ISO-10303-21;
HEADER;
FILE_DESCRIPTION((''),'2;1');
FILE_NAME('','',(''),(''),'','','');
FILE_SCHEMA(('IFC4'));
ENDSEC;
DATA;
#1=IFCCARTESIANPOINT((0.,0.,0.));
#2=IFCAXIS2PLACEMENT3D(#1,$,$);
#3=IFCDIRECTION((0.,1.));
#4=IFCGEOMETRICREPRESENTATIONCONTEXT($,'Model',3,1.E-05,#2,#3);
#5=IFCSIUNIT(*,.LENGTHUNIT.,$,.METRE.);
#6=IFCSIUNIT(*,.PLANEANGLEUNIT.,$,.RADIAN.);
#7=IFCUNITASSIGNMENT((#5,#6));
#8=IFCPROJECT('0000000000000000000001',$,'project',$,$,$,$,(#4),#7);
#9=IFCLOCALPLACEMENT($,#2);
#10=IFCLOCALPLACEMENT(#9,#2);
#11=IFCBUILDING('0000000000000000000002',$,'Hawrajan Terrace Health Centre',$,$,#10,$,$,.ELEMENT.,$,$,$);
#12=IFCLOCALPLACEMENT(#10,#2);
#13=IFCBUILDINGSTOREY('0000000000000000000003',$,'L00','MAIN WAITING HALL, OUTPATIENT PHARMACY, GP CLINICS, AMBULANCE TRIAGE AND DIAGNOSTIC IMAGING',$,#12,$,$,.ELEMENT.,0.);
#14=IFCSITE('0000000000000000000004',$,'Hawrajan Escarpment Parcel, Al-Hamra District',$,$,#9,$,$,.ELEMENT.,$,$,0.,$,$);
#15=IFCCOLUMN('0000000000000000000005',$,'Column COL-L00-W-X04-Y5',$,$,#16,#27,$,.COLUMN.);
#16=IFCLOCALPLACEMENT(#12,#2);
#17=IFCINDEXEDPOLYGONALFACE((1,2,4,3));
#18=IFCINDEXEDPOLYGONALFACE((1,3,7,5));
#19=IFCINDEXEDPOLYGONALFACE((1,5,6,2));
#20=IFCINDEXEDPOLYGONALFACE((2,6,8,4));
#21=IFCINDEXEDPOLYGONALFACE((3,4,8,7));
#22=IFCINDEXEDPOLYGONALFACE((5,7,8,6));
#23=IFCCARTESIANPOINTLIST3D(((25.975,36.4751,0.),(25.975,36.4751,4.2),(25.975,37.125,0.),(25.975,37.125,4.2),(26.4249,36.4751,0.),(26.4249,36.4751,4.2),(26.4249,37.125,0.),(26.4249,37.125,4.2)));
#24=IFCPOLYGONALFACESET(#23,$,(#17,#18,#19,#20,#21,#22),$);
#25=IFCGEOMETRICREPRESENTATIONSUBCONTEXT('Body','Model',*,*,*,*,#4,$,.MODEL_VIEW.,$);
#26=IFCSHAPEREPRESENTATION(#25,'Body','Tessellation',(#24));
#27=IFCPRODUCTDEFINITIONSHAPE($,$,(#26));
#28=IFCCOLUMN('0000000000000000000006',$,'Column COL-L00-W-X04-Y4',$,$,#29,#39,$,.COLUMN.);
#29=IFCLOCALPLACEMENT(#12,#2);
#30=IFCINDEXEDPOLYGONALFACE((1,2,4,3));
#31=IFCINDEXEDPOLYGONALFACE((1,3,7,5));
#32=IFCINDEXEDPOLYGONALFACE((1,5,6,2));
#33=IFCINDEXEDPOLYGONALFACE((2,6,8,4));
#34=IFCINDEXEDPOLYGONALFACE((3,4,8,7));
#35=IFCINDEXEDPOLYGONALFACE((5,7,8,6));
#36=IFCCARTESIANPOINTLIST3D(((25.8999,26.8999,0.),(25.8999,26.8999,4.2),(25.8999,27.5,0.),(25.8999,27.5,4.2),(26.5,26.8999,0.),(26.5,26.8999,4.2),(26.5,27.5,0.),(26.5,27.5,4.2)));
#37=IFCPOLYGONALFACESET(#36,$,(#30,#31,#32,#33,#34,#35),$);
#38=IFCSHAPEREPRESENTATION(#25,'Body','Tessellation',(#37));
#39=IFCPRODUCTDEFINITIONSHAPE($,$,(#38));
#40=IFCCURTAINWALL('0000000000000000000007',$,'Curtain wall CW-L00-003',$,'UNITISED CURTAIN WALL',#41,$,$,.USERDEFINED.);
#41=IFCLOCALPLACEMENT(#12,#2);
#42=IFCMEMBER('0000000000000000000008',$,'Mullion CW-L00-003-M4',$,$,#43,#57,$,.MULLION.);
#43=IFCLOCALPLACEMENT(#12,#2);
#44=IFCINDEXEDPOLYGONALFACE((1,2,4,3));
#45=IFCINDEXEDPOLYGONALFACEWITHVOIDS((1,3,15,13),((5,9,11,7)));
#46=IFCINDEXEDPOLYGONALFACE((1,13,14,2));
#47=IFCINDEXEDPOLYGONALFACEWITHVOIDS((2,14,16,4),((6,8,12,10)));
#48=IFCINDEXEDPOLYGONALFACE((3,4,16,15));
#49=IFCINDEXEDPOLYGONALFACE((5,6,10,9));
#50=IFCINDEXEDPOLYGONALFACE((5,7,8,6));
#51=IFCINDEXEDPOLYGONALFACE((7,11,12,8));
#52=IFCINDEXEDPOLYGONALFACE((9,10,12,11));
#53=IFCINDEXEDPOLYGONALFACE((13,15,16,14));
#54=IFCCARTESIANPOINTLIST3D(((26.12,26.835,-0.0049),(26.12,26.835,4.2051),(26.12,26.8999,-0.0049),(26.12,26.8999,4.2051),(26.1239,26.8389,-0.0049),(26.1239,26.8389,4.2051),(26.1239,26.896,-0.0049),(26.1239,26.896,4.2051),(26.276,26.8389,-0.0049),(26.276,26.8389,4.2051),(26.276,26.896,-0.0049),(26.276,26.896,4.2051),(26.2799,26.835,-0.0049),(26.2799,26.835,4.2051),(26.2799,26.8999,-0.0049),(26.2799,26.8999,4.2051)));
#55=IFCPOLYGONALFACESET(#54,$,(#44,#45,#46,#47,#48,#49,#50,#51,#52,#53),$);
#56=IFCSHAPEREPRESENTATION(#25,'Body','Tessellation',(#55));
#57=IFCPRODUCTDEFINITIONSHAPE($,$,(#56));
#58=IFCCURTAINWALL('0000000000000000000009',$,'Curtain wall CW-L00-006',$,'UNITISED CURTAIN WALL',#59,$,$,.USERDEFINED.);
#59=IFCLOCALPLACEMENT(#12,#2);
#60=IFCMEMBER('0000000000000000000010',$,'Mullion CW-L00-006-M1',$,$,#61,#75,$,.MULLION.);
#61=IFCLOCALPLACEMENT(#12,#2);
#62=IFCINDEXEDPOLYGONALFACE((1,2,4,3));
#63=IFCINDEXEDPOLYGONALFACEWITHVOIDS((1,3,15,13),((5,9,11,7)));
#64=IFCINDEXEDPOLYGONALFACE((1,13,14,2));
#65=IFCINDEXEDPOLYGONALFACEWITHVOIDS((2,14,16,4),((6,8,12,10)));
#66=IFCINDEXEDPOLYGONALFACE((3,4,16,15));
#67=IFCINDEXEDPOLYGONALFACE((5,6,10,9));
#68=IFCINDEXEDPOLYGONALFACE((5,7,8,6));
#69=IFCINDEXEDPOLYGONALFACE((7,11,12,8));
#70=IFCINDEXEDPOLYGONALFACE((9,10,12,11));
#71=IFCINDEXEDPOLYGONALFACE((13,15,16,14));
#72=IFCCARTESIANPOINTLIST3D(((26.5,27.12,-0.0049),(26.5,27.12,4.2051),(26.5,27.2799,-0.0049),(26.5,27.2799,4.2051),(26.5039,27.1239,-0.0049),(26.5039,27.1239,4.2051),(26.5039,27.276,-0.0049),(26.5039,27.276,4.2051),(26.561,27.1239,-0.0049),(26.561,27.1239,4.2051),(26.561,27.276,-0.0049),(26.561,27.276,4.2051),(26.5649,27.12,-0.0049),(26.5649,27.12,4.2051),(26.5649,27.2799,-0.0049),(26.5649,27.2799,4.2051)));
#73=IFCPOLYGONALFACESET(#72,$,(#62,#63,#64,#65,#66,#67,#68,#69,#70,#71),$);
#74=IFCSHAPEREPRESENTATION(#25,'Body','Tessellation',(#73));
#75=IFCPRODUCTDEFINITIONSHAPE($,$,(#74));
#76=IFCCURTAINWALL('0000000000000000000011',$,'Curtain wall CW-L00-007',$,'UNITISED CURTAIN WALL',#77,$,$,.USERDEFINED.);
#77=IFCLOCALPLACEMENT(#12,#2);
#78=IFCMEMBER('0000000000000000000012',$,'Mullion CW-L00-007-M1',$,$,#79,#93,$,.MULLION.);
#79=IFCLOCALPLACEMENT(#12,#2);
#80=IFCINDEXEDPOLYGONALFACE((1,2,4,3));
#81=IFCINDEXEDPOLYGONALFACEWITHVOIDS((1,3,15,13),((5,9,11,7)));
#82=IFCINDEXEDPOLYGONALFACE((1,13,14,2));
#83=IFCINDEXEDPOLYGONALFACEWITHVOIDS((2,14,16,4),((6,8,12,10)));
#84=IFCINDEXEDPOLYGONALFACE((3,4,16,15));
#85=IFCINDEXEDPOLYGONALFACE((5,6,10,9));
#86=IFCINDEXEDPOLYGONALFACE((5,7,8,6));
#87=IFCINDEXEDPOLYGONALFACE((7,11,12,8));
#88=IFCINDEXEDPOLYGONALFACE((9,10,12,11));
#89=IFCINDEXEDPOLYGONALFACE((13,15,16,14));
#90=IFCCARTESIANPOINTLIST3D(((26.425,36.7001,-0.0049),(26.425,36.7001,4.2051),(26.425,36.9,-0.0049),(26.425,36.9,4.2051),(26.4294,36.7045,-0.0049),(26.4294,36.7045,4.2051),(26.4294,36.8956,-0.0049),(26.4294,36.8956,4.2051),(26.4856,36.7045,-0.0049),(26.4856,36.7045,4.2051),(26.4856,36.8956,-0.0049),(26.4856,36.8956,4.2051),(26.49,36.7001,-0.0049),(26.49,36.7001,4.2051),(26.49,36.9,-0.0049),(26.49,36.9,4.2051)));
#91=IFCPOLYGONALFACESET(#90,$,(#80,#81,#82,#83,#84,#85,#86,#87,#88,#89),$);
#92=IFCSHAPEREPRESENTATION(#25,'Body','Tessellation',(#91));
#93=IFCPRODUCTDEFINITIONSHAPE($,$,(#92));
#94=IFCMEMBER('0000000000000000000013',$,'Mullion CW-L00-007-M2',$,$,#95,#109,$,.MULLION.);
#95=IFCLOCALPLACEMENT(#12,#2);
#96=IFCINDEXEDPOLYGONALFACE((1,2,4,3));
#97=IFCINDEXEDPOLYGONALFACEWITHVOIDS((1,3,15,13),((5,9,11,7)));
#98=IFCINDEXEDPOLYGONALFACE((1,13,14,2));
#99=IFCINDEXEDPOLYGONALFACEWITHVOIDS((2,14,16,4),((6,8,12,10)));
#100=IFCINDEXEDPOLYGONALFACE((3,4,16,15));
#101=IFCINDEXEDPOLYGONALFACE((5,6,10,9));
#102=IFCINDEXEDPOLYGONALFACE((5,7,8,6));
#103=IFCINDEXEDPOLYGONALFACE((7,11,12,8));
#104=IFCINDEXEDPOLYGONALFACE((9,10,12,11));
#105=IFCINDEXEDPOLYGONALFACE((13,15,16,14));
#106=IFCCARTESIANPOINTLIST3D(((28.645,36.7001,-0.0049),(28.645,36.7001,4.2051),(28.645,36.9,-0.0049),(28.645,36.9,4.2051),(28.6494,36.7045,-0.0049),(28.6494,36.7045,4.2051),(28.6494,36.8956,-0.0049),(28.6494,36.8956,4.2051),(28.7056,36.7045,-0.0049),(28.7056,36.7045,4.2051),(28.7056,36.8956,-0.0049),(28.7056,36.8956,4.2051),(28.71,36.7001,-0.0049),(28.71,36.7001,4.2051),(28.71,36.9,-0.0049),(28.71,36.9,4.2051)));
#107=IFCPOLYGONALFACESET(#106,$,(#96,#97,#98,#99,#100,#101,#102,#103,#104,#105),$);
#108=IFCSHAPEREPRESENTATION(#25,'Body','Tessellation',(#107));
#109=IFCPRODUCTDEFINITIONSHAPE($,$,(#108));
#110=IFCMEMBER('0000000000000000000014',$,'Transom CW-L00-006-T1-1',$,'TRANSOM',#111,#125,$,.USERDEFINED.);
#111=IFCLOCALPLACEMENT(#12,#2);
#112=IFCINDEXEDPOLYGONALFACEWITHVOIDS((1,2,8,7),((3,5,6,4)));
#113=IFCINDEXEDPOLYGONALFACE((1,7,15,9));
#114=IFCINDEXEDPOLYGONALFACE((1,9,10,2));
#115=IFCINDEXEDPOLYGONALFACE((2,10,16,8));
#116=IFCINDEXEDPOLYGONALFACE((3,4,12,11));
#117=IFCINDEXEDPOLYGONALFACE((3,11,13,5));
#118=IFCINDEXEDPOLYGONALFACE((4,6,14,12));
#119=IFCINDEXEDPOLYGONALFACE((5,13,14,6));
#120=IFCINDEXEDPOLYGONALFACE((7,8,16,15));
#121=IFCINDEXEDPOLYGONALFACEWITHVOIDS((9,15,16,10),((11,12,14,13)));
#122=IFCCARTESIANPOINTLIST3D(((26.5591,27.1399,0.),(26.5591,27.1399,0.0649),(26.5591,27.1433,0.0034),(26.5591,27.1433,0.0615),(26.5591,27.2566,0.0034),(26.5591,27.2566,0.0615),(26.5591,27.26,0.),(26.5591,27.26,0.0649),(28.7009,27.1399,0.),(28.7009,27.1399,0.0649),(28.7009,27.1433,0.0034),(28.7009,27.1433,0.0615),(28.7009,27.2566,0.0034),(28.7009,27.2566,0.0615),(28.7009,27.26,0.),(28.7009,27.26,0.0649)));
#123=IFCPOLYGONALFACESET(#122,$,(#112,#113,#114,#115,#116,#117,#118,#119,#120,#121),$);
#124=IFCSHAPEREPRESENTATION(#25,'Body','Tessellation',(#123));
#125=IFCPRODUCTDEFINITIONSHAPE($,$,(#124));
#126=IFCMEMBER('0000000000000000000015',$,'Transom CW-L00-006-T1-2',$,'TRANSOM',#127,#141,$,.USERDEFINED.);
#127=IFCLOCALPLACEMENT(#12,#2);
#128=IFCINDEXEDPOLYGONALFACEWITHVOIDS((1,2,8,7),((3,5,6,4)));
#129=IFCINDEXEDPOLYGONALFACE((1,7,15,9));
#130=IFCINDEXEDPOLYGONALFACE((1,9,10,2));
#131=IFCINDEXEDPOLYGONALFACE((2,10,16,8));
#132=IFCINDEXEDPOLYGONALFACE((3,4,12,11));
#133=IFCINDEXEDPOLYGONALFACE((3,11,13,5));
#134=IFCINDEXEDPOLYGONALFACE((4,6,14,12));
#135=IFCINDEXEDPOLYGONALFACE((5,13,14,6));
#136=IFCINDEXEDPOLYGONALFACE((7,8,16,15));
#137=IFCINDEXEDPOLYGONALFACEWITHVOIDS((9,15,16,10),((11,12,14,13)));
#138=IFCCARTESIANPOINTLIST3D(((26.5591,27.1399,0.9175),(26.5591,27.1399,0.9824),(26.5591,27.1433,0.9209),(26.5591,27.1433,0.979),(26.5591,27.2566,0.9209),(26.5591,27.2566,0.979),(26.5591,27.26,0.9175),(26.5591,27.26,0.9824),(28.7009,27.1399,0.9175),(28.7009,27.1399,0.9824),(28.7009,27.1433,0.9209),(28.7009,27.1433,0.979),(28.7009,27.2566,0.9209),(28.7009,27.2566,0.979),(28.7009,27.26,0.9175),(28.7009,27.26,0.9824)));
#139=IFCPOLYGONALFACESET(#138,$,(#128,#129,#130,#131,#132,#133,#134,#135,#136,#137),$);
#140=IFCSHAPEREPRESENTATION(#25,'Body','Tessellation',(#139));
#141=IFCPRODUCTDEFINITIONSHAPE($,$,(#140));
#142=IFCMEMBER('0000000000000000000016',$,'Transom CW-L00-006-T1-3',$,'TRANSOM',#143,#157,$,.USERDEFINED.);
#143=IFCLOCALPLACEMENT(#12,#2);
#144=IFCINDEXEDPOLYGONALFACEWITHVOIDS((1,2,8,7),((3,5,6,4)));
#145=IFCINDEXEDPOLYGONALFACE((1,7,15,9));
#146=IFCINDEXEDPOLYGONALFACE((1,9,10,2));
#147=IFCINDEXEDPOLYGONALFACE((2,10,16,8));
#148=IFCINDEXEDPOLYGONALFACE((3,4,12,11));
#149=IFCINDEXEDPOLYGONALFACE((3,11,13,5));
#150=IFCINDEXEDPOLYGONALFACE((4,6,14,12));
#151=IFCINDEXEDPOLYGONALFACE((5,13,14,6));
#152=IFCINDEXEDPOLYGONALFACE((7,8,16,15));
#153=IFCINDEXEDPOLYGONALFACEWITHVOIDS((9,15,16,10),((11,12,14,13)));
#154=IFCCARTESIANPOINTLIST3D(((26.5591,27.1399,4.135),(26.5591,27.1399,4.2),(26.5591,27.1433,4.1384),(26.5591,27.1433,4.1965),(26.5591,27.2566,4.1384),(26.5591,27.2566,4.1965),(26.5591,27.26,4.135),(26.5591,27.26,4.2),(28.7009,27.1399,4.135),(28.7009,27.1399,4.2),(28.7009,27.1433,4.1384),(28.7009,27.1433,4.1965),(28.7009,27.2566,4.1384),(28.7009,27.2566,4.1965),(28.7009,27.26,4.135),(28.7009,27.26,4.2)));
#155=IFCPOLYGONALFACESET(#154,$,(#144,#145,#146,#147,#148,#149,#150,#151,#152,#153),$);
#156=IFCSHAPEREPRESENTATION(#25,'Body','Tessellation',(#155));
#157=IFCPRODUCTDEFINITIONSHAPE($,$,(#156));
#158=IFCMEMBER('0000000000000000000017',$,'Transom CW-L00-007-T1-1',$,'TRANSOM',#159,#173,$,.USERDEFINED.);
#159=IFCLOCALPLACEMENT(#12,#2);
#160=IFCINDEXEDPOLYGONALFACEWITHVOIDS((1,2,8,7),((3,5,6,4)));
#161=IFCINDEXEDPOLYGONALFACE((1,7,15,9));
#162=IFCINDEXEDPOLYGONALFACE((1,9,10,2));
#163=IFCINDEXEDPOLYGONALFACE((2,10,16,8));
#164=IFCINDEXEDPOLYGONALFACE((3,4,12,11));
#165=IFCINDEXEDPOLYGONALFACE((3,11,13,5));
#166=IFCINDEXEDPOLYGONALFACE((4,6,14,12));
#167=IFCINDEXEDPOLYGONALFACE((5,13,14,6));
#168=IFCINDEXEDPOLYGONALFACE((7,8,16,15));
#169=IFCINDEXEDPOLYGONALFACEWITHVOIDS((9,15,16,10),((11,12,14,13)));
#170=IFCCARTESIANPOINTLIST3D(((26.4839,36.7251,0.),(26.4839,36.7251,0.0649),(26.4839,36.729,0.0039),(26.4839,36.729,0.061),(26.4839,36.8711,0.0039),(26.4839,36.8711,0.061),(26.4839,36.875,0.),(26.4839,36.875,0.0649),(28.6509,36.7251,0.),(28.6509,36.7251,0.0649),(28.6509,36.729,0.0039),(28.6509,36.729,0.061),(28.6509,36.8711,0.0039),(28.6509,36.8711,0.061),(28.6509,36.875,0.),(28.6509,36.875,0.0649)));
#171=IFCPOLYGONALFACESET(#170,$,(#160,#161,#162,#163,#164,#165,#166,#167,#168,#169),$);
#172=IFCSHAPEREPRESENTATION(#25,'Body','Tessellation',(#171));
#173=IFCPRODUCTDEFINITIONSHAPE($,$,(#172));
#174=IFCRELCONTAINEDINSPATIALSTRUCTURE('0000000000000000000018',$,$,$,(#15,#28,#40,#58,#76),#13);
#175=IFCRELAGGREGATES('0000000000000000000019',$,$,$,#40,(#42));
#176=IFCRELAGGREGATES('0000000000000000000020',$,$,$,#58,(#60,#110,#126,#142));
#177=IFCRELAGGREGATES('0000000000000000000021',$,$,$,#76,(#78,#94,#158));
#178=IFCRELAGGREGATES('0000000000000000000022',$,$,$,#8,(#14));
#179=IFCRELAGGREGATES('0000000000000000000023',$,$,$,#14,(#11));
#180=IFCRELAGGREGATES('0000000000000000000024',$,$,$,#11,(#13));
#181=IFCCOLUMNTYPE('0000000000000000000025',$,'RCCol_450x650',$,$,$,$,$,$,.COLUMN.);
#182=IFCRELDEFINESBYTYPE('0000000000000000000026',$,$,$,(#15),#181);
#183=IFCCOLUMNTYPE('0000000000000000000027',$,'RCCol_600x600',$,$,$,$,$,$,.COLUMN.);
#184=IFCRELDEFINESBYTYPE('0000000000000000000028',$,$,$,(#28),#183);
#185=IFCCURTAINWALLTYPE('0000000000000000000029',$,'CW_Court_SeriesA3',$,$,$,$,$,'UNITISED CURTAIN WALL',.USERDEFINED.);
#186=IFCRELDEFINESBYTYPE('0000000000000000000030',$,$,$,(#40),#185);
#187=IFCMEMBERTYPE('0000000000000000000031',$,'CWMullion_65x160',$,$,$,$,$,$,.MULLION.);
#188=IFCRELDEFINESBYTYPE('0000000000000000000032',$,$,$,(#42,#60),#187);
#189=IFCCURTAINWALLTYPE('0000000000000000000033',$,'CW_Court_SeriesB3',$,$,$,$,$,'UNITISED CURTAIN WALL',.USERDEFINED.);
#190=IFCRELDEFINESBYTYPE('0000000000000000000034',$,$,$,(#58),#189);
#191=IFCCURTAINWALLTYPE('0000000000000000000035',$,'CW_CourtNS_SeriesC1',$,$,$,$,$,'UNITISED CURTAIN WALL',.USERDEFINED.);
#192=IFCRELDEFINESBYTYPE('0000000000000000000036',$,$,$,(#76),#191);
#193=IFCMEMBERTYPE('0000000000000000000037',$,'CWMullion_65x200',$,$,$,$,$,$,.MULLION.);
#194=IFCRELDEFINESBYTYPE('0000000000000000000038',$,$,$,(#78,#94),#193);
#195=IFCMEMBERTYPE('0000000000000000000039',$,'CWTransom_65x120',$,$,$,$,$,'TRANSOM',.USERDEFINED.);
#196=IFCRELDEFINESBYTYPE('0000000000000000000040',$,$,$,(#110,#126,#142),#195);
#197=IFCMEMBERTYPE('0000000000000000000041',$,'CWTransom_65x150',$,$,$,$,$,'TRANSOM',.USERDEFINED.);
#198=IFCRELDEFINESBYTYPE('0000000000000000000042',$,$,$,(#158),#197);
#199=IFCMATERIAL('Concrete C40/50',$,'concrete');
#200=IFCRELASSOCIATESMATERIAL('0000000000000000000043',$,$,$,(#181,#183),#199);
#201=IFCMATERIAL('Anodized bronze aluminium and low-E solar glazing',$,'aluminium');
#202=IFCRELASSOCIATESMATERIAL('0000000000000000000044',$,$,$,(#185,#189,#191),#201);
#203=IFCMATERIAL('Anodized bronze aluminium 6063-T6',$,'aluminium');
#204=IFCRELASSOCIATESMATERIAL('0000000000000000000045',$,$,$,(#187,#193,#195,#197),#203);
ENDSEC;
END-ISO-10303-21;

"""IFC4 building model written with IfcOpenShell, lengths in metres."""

from ifc_helpers import new_model, si_unit, direction, frame, origin, origin_2d, place, context, subcontext, project, spatial, rectangle, hollow_rectangle, extrude, material, material_profile, profile_set, type_object, element, aggregate, save


model = new_model("IFC4")

# Units and contexts
model_context = context("Model", 3, precision=1e-05, world=origin(), true_north=direction((0.0, 1.0)))
body_context = subcontext(model_context, "Body", "Model", "MODEL_VIEW")
ifc_project = project(units=[si_unit("LENGTHUNIT", "METRE"), si_unit("PLANEANGLEUNIT", "RADIAN")], contexts=[model_context])

# Site, building, storey
site_placement = place(None, origin())
site = spatial("IfcSite", under=ifc_project, at=site_placement, Name="Hawrajan Escarpment Parcel, Al-Hamra District", CompositionType="ELEMENT", RefElevation=0.0)
building_placement = place(site_placement, origin())
building = spatial("IfcBuilding", under=site, at=building_placement, Name="Hawrajan Terrace Health Centre", CompositionType="ELEMENT")
storey_placement = place(building_placement, origin())
storey = spatial("IfcBuildingStorey", under=building, at=storey_placement, Name="L00", Description="MAIN WAITING HALL, OUTPATIENT PHARMACY, GP CLINICS, AMBULANCE TRIAGE AND DIAGNOSTIC IMAGING", CompositionType="ELEMENT", Elevation=0.0)

# Columns
ifc_material_1 = material(Name="Concrete C40/50", Category="concrete")
ifc_material_profile_1 = material_profile(ifc_material_1, rectangle(XDim=0.45, YDim=0.6499, at=origin_2d()), Name="RC 450x650")
ifc_profile_set_1 = profile_set([ifc_material_profile_1], Name="Concrete C40/50")
column_type_1 = type_object("IfcColumnType", Name="RCCol_450x650", PredefinedType="COLUMN", material=ifc_profile_set_1)
column_1_placement = place(storey_placement, frame((26.2, 36.8, 0.0), z_axis=(0.0, 0.0, 1.0), x_axis=(1.0, 0.0, 0.0)))
element("IfcColumn", 1, at=column_1_placement, inside=storey, type_object=column_type_1, Name="Column COL-L00-W-X04-Y5", PredefinedType="COLUMN", context=body_context, shape_type="SweptSolid", body=[
    extrude(rectangle(XDim=0.45, YDim=0.6499, at=origin_2d()), origin(), (0.0, 0.0, 1.0), 4.2),
])
ifc_material_profile_2 = material_profile(ifc_material_1, rectangle(XDim=0.6001, YDim=0.6001, at=origin_2d()), Name="RC 600x600")
ifc_profile_set_2 = profile_set([ifc_material_profile_2], Name="Concrete C40/50")
column_type_2 = type_object("IfcColumnType", Name="RCCol_600x600", PredefinedType="COLUMN", material=ifc_profile_set_2)
column_2_placement = place(storey_placement, frame((26.2, 27.2, 0.0), z_axis=(0.0, 0.0, 1.0), x_axis=(1.0, 0.0, 0.0)))
element("IfcColumn", 2, at=column_2_placement, inside=storey, type_object=column_type_2, Name="Column COL-L00-W-X04-Y4", PredefinedType="COLUMN", context=body_context, shape_type="SweptSolid", body=[
    extrude(rectangle(XDim=0.6001, YDim=0.6001, at=origin_2d()), origin(), (0.0, 0.0, 1.0), 4.2),
])

# Curtain walls, members
ifc_material_2 = material(Name="Anodized bronze aluminium and low-E solar glazing", Category="aluminium")
curtain_wall_type_1 = type_object("IfcCurtainWallType", Name="CW_Court_SeriesA3", ElementType="UNITISED CURTAIN WALL", PredefinedType="USERDEFINED", material=ifc_material_2)
curtain_wall_1_placement = place(storey_placement, origin())
curtain_wall_1 = element("IfcCurtainWall", 3, at=curtain_wall_1_placement, inside=storey, type_object=curtain_wall_type_1, Name="Curtain wall CW-L00-003", ObjectType="UNITISED CURTAIN WALL", PredefinedType="USERDEFINED")
ifc_material_3 = material(Name="Anodized bronze aluminium 6063-T6", Category="aluminium")
ifc_material_profile_3 = material_profile(ifc_material_3, hollow_rectangle(XDim=0.0649, YDim=0.1599, WallThickness=0.0039, at=origin_2d()), Name="CW MUL 65x160")
ifc_profile_set_3 = profile_set([ifc_material_profile_3], Name="Anodized bronze aluminium 6063-T6")
member_type_1 = type_object("IfcMemberType", Name="CWMullion_65x160", PredefinedType="MULLION", material=ifc_profile_set_3)
member_1_placement = place(storey_placement, frame((26.2, 26.8674, -0.0049), z_axis=(0.0, 0.0, 1.0), x_axis=(0.0, 1.0, 0.0)))
member_1 = element("IfcMember", 4, at=member_1_placement, type_object=member_type_1, Name="Mullion CW-L00-003-M4", PredefinedType="MULLION", context=body_context, shape_type="SweptSolid", body=[
    extrude(hollow_rectangle(XDim=0.0649, YDim=0.1599, WallThickness=0.0039, at=origin_2d()), origin(), (0.0, 0.0, 1.0), 4.21),
])
curtain_wall_type_2 = type_object("IfcCurtainWallType", Name="CW_Court_SeriesB3", ElementType="UNITISED CURTAIN WALL", PredefinedType="USERDEFINED", material=ifc_material_2)
curtain_wall_2_placement = place(storey_placement, origin())
curtain_wall_2 = element("IfcCurtainWall", 5, at=curtain_wall_2_placement, inside=storey, type_object=curtain_wall_type_2, Name="Curtain wall CW-L00-006", ObjectType="UNITISED CURTAIN WALL", PredefinedType="USERDEFINED")
member_2_placement = place(storey_placement, frame((26.5325, 27.2, -0.0049), z_axis=(0.0, 0.0, 1.0), x_axis=(1.0, 0.0, 0.0)))
member_2 = element("IfcMember", 6, at=member_2_placement, type_object=member_type_1, Name="Mullion CW-L00-006-M1", PredefinedType="MULLION", context=body_context, shape_type="SweptSolid", body=[
    extrude(hollow_rectangle(XDim=0.0649, YDim=0.1599, WallThickness=0.0039, at=origin_2d()), origin(), (0.0, 0.0, 1.0), 4.21),
])

# Curtain wall, members
curtain_wall_type_3 = type_object("IfcCurtainWallType", Name="CW_CourtNS_SeriesC1", ElementType="UNITISED CURTAIN WALL", PredefinedType="USERDEFINED", material=ifc_material_2)
curtain_wall_3_placement = place(storey_placement, origin())
curtain_wall_3 = element("IfcCurtainWall", 7, at=curtain_wall_3_placement, inside=storey, type_object=curtain_wall_type_3, Name="Curtain wall CW-L00-007", ObjectType="UNITISED CURTAIN WALL", PredefinedType="USERDEFINED")
ifc_material_profile_4 = material_profile(ifc_material_3, hollow_rectangle(XDim=0.0649, YDim=0.2, WallThickness=0.0044, at=origin_2d()), Name="CW MUL 65x200")
ifc_profile_set_4 = profile_set([ifc_material_profile_4], Name="Anodized bronze aluminium 6063-T6")
member_type_2 = type_object("IfcMemberType", Name="CWMullion_65x200", PredefinedType="MULLION", material=ifc_profile_set_4)
member_3_placement = place(storey_placement, frame((26.4575, 36.8, -0.0049), z_axis=(0.0, 0.0, 1.0), x_axis=(1.0, 0.0, 0.0)))
member_3 = element("IfcMember", 8, at=member_3_placement, type_object=member_type_2, Name="Mullion CW-L00-007-M1", PredefinedType="MULLION", context=body_context, shape_type="SweptSolid", body=[
    extrude(hollow_rectangle(XDim=0.0649, YDim=0.2, WallThickness=0.0044, at=origin_2d()), origin(), (0.0, 0.0, 1.0), 4.21),
])
member_4_placement = place(storey_placement, frame((28.6775, 36.8, -0.0049), z_axis=(0.0, 0.0, 1.0), x_axis=(1.0, 0.0, 0.0)))
member_4 = element("IfcMember", 9, at=member_4_placement, type_object=member_type_2, Name="Mullion CW-L00-007-M2", PredefinedType="MULLION", context=body_context, shape_type="SweptSolid", body=[
    extrude(hollow_rectangle(XDim=0.0649, YDim=0.2, WallThickness=0.0044, at=origin_2d()), origin(), (0.0, 0.0, 1.0), 4.21),
])

# Members
ifc_material_profile_5 = material_profile(ifc_material_3, hollow_rectangle(XDim=0.0649, YDim=0.1201, WallThickness=0.0034, at=origin_2d()), Name="CW TRN 65x120")
ifc_profile_set_5 = profile_set([ifc_material_profile_5], Name="Anodized bronze aluminium 6063-T6")
member_type_3 = type_object("IfcMemberType", Name="CWTransom_65x120", ElementType="TRANSOM", PredefinedType="USERDEFINED", material=ifc_profile_set_5)
member_5_placement = place(storey_placement, frame((26.5591, 27.2, 0.0325), z_axis=(1.0, 0.0, 0.0), x_axis=(0.0, 0.0, 1.0)))
member_5 = element("IfcMember", 10, at=member_5_placement, type_object=member_type_3, Name="Transom CW-L00-006-T1-1", ObjectType="TRANSOM", PredefinedType="USERDEFINED", context=body_context, shape_type="SweptSolid", body=[
    extrude(hollow_rectangle(XDim=0.0649, YDim=0.1201, WallThickness=0.0034, at=origin_2d()), origin(), (0.0, 0.0, 1.0), 2.1418),
])
member_6_placement = place(storey_placement, frame((26.5591, 27.2, 0.95), z_axis=(1.0, 0.0, 0.0), x_axis=(0.0, 0.0, 1.0)))
member_6 = element("IfcMember", 11, at=member_6_placement, type_object=member_type_3, Name="Transom CW-L00-006-T1-2", ObjectType="TRANSOM", PredefinedType="USERDEFINED", context=body_context, shape_type="SweptSolid", body=[
    extrude(hollow_rectangle(XDim=0.0649, YDim=0.1201, WallThickness=0.0034, at=origin_2d()), origin(), (0.0, 0.0, 1.0), 2.1418),
])
member_7_placement = place(storey_placement, frame((26.5591, 27.2, 4.1675), z_axis=(1.0, 0.0, 0.0), x_axis=(0.0, 0.0, 1.0)))
member_7 = element("IfcMember", 12, at=member_7_placement, type_object=member_type_3, Name="Transom CW-L00-006-T1-3", ObjectType="TRANSOM", PredefinedType="USERDEFINED", context=body_context, shape_type="SweptSolid", body=[
    extrude(hollow_rectangle(XDim=0.0649, YDim=0.1201, WallThickness=0.0034, at=origin_2d()), origin(), (0.0, 0.0, 1.0), 2.1418),
])
ifc_material_profile_6 = material_profile(ifc_material_3, hollow_rectangle(XDim=0.0649, YDim=0.1499, WallThickness=0.0039, at=origin_2d()), Name="CW TRN 65x150")
ifc_profile_set_6 = profile_set([ifc_material_profile_6], Name="Anodized bronze aluminium 6063-T6")
member_type_4 = type_object("IfcMemberType", Name="CWTransom_65x150", ElementType="TRANSOM", PredefinedType="USERDEFINED", material=ifc_profile_set_6)
member_8_placement = place(storey_placement, frame((26.4839, 36.8, 0.0325), z_axis=(1.0, 0.0, 0.0), x_axis=(0.0, 0.0, 1.0)))
member_8 = element("IfcMember", 13, at=member_8_placement, type_object=member_type_4, Name="Transom CW-L00-007-T1-1", ObjectType="TRANSOM", PredefinedType="USERDEFINED", context=body_context, shape_type="SweptSolid", body=[
    extrude(hollow_rectangle(XDim=0.0649, YDim=0.1499, WallThickness=0.0039, at=origin_2d()), origin(), (0.0, 0.0, 1.0), 2.167),
])

aggregate(curtain_wall_1, [member_1])
aggregate(curtain_wall_2, [member_2, member_5, member_6, member_7])
aggregate(curtain_wall_3, [member_3, member_4, member_8])

save(model, "model.ifc")
